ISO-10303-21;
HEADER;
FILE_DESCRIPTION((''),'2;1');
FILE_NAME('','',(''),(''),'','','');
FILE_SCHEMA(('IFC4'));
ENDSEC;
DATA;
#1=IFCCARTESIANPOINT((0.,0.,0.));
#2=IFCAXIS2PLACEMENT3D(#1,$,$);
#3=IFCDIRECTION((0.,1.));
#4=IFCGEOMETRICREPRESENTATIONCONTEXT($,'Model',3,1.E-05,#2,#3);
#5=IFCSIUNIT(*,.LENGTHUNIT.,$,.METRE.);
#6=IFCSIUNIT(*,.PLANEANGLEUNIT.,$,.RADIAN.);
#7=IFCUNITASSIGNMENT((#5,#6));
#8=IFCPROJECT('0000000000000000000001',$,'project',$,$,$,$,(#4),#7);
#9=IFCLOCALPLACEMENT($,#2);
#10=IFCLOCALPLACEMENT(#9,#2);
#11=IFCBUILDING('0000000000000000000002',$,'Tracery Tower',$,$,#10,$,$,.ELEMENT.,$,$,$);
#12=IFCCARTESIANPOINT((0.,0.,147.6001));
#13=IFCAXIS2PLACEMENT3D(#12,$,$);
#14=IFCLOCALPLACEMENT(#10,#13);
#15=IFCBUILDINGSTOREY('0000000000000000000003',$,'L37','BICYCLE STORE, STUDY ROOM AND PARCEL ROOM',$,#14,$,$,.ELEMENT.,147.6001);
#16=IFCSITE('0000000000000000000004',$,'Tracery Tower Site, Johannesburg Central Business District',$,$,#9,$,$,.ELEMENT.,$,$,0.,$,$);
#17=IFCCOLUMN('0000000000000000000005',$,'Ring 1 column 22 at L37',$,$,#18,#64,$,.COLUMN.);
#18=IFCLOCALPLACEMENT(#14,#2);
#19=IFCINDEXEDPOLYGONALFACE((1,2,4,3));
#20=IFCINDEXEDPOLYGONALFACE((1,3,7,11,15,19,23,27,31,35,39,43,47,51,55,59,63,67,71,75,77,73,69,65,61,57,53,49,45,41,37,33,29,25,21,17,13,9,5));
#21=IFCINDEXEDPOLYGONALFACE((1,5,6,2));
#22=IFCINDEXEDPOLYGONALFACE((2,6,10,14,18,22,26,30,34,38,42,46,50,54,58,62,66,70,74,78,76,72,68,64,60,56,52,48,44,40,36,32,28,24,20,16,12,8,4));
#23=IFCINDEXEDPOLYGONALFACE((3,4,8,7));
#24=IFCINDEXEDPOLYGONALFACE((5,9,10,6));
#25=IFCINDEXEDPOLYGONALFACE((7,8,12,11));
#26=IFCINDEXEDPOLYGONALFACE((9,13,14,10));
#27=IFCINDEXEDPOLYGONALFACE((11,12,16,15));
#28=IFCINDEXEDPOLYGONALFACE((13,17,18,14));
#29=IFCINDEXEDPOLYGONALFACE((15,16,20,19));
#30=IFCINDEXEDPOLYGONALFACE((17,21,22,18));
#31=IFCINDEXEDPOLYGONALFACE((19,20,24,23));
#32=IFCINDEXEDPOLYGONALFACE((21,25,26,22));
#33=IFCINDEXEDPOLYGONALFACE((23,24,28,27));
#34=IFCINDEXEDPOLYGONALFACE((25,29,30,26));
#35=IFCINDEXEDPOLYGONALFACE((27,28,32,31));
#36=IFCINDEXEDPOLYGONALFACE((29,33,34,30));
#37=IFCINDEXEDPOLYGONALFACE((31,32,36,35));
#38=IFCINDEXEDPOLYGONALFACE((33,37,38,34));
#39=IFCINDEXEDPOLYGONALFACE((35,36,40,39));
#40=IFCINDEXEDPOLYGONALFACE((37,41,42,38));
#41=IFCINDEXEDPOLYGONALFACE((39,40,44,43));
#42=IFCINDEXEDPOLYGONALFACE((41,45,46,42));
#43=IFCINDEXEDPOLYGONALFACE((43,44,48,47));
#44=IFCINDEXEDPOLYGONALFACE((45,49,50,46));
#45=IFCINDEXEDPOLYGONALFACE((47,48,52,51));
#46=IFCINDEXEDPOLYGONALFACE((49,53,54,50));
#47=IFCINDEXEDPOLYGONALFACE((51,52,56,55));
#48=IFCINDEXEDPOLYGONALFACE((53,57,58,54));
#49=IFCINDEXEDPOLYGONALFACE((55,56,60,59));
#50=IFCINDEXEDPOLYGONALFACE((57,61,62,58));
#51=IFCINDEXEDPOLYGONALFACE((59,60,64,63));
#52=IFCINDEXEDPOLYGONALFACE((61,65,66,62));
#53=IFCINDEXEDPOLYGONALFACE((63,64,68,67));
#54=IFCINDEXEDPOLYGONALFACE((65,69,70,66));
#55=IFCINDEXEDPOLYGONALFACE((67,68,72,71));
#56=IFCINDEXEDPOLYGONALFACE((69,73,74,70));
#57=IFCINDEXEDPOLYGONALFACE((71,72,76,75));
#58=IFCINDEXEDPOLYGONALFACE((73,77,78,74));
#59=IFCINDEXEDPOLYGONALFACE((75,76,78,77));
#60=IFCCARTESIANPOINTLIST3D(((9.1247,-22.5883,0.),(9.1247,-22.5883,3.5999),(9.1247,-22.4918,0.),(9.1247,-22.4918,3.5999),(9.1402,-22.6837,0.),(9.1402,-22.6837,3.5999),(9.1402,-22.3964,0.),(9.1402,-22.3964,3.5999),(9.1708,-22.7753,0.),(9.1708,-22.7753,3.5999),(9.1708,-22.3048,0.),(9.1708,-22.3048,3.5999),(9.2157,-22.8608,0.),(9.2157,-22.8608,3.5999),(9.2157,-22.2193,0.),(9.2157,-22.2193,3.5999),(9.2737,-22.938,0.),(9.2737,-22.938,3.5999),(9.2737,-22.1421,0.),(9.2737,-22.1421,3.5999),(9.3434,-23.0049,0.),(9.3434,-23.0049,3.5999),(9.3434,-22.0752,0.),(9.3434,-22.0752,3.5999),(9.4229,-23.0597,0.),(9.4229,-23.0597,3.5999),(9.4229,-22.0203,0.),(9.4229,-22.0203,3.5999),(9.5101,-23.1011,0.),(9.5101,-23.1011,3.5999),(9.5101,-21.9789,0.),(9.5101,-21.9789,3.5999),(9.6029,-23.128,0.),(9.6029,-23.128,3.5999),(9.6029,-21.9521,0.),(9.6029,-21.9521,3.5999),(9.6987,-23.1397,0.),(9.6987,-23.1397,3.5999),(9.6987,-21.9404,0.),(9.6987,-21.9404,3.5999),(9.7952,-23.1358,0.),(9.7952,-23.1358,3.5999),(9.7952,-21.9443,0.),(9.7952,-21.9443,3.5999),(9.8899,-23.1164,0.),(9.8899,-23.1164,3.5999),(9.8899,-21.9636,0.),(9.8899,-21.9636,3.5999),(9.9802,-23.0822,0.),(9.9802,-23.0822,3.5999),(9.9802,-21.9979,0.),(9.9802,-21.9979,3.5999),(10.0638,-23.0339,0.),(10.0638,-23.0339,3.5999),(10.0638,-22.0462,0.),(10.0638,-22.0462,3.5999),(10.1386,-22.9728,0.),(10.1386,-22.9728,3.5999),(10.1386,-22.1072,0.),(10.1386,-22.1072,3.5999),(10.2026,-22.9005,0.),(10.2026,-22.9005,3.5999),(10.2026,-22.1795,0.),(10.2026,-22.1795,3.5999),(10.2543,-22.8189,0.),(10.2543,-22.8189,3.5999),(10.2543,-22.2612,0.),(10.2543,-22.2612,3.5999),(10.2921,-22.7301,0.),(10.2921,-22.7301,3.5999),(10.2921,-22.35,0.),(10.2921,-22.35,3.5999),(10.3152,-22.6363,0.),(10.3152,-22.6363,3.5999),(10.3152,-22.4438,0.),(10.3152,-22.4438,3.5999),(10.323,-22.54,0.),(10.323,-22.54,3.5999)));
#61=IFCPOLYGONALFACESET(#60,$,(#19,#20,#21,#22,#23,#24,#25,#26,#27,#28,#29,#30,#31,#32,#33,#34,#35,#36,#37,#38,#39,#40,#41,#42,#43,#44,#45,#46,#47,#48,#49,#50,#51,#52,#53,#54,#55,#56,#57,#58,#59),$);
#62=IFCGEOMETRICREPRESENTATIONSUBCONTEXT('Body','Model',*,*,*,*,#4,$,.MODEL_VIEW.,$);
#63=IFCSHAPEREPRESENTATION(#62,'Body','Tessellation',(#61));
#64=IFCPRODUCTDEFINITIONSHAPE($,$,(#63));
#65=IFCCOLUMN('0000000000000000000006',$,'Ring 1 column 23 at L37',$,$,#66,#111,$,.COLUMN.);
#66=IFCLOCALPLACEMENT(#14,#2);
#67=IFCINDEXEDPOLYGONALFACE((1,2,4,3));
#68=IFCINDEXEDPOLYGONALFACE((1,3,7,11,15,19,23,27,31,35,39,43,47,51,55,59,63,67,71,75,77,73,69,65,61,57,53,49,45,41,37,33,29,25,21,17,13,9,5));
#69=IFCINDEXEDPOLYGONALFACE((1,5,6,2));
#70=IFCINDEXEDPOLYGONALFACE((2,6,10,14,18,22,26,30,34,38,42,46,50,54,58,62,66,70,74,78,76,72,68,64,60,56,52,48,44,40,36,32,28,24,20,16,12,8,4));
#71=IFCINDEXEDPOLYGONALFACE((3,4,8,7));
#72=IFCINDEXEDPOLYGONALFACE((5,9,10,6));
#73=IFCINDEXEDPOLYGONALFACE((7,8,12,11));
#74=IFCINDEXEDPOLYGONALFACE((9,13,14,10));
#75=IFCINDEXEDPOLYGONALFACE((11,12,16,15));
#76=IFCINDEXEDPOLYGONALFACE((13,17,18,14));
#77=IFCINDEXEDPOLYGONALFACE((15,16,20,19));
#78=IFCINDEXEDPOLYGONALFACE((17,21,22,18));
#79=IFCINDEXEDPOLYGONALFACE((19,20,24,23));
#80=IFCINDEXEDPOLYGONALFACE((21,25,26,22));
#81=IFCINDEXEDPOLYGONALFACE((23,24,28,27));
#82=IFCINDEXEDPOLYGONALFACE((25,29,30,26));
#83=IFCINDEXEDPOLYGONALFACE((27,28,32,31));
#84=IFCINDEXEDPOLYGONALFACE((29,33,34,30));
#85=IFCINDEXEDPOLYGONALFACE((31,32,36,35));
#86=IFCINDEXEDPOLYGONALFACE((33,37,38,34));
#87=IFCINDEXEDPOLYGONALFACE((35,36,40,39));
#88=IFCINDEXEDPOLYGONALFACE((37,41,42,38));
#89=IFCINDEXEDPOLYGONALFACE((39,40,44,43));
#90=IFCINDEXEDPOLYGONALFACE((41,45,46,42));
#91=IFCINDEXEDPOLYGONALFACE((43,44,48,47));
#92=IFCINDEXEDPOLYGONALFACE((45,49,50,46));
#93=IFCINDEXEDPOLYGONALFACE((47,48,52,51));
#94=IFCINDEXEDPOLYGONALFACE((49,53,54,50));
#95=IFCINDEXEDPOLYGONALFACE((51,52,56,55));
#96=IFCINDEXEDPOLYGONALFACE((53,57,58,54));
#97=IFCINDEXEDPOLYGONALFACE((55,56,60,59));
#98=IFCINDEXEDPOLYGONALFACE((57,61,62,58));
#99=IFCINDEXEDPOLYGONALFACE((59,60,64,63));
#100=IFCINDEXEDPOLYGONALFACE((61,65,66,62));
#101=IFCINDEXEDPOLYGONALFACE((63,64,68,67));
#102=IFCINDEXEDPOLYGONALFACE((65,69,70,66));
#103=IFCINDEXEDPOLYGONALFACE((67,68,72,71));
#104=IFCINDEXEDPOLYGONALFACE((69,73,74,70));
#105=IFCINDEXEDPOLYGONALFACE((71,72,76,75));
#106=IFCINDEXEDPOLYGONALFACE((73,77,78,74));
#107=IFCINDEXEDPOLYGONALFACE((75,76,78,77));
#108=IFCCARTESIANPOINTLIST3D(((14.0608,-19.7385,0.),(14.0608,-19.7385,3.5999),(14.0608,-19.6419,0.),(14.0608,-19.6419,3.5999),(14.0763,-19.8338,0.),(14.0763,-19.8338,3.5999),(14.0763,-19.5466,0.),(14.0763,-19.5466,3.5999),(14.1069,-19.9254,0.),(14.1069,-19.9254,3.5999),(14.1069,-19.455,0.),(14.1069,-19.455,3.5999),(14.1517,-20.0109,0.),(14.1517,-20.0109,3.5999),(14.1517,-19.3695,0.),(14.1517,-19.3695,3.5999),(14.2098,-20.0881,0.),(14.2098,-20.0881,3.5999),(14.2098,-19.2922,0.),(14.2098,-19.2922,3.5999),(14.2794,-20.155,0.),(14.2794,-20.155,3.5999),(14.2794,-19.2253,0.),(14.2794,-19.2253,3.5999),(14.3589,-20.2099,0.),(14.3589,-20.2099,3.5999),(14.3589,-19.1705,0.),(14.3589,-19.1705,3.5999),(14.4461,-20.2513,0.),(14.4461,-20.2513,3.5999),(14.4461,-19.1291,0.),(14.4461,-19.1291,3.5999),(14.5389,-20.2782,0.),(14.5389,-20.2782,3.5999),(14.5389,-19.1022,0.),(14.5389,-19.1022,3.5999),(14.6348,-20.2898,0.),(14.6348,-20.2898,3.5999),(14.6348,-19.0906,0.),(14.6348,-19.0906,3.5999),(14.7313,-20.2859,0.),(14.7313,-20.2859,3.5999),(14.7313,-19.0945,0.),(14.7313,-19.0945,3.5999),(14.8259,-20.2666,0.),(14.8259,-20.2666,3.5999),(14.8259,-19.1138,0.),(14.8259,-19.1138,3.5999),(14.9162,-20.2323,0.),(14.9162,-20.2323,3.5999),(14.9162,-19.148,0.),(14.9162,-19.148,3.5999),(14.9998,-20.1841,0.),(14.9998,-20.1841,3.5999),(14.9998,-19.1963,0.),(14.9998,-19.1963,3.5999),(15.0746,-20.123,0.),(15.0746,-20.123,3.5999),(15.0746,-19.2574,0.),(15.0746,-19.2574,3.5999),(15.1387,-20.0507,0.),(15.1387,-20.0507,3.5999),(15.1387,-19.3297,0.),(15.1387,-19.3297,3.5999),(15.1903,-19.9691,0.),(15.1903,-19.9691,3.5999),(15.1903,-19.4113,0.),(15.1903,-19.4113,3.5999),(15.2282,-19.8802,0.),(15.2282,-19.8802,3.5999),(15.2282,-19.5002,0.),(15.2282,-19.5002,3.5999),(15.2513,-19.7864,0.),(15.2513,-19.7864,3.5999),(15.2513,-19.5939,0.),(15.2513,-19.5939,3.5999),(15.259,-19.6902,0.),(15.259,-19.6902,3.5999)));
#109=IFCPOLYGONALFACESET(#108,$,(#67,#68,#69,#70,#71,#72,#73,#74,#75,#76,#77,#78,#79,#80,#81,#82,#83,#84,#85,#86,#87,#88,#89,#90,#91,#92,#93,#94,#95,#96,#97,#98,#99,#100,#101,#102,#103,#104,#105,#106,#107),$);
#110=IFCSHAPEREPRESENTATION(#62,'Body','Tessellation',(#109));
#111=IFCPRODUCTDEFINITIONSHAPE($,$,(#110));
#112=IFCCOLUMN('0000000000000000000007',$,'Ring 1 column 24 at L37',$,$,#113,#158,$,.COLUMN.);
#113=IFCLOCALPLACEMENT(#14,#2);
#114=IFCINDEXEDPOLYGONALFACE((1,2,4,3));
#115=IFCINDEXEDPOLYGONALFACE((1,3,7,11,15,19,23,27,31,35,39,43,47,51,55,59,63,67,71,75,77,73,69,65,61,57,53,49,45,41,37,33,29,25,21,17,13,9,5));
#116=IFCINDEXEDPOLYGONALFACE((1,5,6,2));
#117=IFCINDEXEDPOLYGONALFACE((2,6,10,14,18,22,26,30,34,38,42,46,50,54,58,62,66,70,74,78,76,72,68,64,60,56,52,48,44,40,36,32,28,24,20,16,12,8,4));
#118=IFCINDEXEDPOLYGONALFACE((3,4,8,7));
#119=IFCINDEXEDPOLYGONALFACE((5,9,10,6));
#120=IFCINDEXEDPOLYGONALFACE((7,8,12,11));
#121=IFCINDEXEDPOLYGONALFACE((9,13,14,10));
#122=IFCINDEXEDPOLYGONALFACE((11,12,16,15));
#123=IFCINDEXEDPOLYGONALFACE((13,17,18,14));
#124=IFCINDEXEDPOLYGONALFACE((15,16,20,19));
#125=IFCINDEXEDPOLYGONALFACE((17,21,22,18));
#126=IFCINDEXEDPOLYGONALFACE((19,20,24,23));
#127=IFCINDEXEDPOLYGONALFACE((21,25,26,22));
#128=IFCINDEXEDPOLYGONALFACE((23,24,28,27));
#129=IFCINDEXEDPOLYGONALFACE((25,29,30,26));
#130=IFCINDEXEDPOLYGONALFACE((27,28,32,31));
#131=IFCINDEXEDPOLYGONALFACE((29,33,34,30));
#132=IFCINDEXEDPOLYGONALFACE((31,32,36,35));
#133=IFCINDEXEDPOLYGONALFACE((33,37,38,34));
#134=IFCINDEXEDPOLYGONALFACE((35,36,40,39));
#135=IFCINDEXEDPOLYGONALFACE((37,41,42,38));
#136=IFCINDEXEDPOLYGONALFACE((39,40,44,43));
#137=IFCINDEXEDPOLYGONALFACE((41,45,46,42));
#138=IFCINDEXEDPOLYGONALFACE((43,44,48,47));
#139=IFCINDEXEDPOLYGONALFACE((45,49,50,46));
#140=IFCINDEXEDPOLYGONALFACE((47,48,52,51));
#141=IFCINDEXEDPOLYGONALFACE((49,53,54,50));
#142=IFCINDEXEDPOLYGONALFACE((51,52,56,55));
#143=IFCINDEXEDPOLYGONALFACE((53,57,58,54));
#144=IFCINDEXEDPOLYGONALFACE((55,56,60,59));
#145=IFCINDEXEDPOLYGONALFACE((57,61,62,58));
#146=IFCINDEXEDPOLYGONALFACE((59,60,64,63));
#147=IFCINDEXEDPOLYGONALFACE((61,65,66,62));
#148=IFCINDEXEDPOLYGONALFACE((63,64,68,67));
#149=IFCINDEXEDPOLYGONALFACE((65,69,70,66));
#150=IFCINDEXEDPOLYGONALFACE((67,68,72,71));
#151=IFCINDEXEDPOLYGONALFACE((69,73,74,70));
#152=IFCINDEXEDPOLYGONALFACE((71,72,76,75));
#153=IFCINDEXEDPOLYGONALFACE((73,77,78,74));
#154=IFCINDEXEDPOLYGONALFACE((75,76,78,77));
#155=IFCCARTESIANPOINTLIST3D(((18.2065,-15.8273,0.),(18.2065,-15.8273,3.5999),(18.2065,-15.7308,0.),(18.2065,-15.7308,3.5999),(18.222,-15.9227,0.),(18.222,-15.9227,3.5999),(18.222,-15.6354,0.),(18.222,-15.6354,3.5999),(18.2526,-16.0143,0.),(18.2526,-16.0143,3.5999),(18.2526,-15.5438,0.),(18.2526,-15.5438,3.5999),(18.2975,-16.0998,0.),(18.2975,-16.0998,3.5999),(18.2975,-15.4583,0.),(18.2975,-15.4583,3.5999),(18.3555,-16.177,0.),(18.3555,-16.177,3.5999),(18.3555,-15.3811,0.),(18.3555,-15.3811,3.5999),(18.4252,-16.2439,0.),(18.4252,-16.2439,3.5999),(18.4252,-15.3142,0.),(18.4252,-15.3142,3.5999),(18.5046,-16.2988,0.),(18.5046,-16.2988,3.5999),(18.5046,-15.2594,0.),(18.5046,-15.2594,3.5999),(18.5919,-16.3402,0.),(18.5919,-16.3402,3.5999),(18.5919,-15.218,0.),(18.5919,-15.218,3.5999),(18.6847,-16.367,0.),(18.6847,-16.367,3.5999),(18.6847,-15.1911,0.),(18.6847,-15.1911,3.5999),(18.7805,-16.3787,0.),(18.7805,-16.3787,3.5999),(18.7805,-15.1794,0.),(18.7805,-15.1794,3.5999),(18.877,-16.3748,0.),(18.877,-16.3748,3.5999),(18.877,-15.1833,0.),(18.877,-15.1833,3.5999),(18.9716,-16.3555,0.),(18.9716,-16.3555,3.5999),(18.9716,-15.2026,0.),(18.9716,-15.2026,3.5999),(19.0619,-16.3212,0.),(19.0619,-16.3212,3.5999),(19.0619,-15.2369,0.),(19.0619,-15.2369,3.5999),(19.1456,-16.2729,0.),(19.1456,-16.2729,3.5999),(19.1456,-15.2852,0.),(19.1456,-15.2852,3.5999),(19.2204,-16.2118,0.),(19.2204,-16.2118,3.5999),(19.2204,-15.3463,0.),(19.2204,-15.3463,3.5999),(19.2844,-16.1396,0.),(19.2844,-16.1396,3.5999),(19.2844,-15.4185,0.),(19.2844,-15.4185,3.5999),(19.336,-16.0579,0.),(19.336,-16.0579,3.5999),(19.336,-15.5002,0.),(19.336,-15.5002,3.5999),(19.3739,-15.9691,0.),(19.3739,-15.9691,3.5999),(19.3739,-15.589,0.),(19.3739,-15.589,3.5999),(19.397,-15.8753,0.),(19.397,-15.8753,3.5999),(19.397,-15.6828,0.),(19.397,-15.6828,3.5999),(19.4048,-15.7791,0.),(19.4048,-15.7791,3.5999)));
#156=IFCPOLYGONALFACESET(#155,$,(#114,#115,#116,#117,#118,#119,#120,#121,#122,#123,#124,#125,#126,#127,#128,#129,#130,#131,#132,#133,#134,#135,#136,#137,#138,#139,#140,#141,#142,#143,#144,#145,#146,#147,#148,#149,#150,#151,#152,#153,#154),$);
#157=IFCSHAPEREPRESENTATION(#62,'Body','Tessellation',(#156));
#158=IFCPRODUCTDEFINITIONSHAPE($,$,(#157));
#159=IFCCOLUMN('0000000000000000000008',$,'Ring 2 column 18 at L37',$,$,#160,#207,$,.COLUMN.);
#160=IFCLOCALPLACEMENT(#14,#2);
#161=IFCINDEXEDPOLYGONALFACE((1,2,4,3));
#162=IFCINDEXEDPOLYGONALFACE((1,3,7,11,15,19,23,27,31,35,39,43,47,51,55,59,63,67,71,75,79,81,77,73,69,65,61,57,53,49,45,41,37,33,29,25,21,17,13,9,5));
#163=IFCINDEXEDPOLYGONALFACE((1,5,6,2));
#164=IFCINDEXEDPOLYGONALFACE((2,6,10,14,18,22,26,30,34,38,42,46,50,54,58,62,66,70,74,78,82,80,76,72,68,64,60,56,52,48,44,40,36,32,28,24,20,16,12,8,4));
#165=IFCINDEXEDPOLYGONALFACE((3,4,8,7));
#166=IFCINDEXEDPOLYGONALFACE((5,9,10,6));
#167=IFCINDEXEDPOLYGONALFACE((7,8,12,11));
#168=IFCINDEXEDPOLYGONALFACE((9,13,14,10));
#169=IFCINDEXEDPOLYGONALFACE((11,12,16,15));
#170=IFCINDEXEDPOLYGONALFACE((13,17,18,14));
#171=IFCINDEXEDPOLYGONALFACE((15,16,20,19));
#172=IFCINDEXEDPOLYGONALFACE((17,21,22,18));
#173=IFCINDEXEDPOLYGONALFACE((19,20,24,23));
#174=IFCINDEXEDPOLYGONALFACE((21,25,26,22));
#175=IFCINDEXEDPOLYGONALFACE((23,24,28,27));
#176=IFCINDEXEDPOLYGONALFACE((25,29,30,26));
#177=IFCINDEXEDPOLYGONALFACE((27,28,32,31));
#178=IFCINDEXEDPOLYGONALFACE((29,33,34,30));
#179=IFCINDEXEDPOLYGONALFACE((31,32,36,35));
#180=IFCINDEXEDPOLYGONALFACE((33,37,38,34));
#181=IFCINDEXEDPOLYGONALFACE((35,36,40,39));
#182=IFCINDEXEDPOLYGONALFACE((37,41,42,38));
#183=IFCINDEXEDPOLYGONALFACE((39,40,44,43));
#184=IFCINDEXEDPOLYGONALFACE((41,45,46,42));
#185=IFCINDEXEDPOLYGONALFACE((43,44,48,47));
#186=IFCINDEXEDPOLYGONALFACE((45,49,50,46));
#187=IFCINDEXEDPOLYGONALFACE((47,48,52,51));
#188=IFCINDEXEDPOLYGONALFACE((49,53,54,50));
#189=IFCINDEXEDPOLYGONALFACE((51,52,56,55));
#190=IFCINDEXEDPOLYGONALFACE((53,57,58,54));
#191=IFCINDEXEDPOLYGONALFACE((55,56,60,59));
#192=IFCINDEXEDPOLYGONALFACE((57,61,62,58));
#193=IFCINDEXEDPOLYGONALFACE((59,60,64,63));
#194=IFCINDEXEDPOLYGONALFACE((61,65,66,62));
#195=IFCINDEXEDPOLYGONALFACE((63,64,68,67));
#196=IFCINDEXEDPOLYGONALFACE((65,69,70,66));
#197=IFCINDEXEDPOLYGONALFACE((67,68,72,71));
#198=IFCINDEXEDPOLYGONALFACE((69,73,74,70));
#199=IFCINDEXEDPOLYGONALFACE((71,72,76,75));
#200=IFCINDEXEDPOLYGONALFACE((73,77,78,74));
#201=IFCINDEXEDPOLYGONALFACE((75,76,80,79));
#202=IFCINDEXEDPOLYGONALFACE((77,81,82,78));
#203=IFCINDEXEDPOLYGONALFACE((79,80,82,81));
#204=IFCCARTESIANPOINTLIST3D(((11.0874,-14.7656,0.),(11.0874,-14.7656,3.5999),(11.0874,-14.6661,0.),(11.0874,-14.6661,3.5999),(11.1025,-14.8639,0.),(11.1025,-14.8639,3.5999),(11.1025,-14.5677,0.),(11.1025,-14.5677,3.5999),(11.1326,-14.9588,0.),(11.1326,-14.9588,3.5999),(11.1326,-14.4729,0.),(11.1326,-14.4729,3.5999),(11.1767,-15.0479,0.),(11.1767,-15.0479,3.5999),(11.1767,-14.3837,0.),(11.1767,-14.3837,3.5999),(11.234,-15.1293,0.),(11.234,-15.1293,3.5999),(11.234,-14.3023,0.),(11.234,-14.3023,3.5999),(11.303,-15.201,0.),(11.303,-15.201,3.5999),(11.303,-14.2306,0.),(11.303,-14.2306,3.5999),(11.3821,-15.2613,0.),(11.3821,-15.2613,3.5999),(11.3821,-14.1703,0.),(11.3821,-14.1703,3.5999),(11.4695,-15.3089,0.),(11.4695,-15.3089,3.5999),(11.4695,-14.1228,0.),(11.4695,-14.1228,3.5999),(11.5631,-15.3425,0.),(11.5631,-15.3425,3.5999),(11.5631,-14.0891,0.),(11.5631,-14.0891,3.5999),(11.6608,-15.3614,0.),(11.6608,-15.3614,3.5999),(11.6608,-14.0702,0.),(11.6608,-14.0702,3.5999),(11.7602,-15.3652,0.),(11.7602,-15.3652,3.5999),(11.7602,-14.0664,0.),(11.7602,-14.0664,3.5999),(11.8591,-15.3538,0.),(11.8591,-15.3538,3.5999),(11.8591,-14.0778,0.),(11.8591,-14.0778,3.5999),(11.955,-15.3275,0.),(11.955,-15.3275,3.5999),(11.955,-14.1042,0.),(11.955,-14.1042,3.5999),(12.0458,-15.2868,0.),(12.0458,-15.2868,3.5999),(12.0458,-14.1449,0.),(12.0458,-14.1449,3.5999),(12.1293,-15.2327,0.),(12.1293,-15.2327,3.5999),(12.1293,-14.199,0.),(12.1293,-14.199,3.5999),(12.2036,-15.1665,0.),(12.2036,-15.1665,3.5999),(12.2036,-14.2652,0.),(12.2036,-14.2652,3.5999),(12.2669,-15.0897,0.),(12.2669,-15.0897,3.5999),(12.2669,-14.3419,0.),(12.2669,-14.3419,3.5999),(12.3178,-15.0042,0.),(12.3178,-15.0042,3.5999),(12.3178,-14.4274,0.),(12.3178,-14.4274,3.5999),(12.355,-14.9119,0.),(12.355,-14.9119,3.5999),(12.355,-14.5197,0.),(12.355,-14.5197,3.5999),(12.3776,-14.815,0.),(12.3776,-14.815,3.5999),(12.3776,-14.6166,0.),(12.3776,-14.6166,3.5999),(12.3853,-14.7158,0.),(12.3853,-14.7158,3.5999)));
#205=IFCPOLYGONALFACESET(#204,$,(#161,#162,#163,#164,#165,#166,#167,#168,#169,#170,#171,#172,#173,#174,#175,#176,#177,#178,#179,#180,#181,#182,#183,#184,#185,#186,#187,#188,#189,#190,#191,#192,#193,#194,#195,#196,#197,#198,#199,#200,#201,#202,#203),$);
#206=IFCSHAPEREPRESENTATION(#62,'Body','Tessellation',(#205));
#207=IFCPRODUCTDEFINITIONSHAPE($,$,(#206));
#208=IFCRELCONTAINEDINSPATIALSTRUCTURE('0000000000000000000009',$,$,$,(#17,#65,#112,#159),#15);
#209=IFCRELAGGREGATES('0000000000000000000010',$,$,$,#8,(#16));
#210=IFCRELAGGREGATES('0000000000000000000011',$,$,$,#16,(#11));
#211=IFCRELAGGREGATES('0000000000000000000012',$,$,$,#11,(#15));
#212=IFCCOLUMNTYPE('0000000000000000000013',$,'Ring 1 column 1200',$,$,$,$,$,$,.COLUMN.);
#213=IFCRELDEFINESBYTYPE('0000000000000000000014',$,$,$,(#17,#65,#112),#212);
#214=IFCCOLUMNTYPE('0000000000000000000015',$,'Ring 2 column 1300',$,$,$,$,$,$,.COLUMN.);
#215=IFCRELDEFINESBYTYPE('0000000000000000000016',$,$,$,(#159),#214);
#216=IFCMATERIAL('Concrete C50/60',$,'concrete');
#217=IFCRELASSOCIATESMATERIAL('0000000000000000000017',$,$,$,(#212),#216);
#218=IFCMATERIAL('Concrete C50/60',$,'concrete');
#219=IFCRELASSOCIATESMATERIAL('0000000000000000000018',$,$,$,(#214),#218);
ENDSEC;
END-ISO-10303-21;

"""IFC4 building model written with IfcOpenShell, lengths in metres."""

from ifc_helpers import new_model, si_unit, direction, frame, origin, origin_2d, place, context, subcontext, project, spatial, circle, extrude, material, material_profile, profile_set, type_object, element, save


model = new_model("IFC4")

# Units and contexts
model_context = context("Model", 3, precision=1e-05, world=origin(), true_north=direction((0.0, 1.0)))
body_context = subcontext(model_context, "Body", "Model", "MODEL_VIEW")
ifc_project = project(units=[si_unit("LENGTHUNIT", "METRE"), si_unit("PLANEANGLEUNIT", "RADIAN")], contexts=[model_context])

# Site, building, storey
site_placement = place(None, origin())
site = spatial("IfcSite", under=ifc_project, at=site_placement, Name="Tracery Tower Site, Johannesburg Central Business District", CompositionType="ELEMENT", RefElevation=0.0)
building_placement = place(site_placement, origin())
building = spatial("IfcBuilding", under=site, at=building_placement, Name="Tracery Tower", CompositionType="ELEMENT")
storey_placement = place(building_placement, frame((0.0, 0.0, 147.6001)))
storey = spatial("IfcBuildingStorey", under=building, at=storey_placement, Name="L37", Description="BICYCLE STORE, STUDY ROOM AND PARCEL ROOM", CompositionType="ELEMENT", Elevation=147.6001)

# Columns
ifc_material_1 = material(Name="Concrete C50/60", Category="concrete")
ifc_material_profile_1 = material_profile(ifc_material_1, circle(Radius=0.6001, at=origin_2d()), Name="RC D1200")
ifc_profile_set_1 = profile_set([ifc_material_profile_1], Name="Concrete C50/60")
column_type_1 = type_object("IfcColumnType", Name="Ring 1 column 1200", PredefinedType="COLUMN", material=ifc_profile_set_1)
for number, where, z_axis, x_axis, name in (
    (1, (9.7229, -22.54, 0.0), (0.0, 0.0, 1.0), (1.0, 0.0, 0.0), "Ring 1 column 22 at L37"),
    (2, (14.6589, -19.6902, 0.0), (0.0, 0.0, 1.0), (1.0, 0.0, 0.0), "Ring 1 column 23 at L37"),
    (3, (18.8047, -15.7791, 0.0), (0.0, 0.0, 1.0), (1.0, 0.0, 0.0), "Ring 1 column 24 at L37"),
):
    element("IfcColumn", number, at=place(storey_placement, frame(where, z_axis=z_axis, x_axis=x_axis)), inside=storey, type_object=column_type_1, Name=name, PredefinedType="COLUMN", context=body_context, shape_type="SweptSolid", body=[
        extrude(circle(Radius=0.6001, at=origin_2d()), origin(), (0.0, 0.0, 1.0), 3.5999),
    ])
ifc_material_2 = material(Name="Concrete C50/60", Category="concrete")
ifc_material_profile_2 = material_profile(ifc_material_2, circle(Radius=0.6499, at=origin_2d()), Name="RC D1300")
ifc_profile_set_2 = profile_set([ifc_material_profile_2], Name="Concrete C50/60")
column_type_2 = type_object("IfcColumnType", Name="Ring 2 column 1300", PredefinedType="COLUMN", material=ifc_profile_set_2)
column_placement = place(storey_placement, frame((11.7354, -14.7158, 0.0), z_axis=(0.0, 0.0, 1.0), x_axis=(1.0, 0.0, 0.0)))
element("IfcColumn", 4, at=column_placement, inside=storey, type_object=column_type_2, Name="Ring 2 column 18 at L37", PredefinedType="COLUMN", context=body_context, shape_type="SweptSolid", body=[
    extrude(circle(Radius=0.6499, at=origin_2d()), origin(), (0.0, 0.0, 1.0), 3.5999),
])

save(model, "model.ifc")
